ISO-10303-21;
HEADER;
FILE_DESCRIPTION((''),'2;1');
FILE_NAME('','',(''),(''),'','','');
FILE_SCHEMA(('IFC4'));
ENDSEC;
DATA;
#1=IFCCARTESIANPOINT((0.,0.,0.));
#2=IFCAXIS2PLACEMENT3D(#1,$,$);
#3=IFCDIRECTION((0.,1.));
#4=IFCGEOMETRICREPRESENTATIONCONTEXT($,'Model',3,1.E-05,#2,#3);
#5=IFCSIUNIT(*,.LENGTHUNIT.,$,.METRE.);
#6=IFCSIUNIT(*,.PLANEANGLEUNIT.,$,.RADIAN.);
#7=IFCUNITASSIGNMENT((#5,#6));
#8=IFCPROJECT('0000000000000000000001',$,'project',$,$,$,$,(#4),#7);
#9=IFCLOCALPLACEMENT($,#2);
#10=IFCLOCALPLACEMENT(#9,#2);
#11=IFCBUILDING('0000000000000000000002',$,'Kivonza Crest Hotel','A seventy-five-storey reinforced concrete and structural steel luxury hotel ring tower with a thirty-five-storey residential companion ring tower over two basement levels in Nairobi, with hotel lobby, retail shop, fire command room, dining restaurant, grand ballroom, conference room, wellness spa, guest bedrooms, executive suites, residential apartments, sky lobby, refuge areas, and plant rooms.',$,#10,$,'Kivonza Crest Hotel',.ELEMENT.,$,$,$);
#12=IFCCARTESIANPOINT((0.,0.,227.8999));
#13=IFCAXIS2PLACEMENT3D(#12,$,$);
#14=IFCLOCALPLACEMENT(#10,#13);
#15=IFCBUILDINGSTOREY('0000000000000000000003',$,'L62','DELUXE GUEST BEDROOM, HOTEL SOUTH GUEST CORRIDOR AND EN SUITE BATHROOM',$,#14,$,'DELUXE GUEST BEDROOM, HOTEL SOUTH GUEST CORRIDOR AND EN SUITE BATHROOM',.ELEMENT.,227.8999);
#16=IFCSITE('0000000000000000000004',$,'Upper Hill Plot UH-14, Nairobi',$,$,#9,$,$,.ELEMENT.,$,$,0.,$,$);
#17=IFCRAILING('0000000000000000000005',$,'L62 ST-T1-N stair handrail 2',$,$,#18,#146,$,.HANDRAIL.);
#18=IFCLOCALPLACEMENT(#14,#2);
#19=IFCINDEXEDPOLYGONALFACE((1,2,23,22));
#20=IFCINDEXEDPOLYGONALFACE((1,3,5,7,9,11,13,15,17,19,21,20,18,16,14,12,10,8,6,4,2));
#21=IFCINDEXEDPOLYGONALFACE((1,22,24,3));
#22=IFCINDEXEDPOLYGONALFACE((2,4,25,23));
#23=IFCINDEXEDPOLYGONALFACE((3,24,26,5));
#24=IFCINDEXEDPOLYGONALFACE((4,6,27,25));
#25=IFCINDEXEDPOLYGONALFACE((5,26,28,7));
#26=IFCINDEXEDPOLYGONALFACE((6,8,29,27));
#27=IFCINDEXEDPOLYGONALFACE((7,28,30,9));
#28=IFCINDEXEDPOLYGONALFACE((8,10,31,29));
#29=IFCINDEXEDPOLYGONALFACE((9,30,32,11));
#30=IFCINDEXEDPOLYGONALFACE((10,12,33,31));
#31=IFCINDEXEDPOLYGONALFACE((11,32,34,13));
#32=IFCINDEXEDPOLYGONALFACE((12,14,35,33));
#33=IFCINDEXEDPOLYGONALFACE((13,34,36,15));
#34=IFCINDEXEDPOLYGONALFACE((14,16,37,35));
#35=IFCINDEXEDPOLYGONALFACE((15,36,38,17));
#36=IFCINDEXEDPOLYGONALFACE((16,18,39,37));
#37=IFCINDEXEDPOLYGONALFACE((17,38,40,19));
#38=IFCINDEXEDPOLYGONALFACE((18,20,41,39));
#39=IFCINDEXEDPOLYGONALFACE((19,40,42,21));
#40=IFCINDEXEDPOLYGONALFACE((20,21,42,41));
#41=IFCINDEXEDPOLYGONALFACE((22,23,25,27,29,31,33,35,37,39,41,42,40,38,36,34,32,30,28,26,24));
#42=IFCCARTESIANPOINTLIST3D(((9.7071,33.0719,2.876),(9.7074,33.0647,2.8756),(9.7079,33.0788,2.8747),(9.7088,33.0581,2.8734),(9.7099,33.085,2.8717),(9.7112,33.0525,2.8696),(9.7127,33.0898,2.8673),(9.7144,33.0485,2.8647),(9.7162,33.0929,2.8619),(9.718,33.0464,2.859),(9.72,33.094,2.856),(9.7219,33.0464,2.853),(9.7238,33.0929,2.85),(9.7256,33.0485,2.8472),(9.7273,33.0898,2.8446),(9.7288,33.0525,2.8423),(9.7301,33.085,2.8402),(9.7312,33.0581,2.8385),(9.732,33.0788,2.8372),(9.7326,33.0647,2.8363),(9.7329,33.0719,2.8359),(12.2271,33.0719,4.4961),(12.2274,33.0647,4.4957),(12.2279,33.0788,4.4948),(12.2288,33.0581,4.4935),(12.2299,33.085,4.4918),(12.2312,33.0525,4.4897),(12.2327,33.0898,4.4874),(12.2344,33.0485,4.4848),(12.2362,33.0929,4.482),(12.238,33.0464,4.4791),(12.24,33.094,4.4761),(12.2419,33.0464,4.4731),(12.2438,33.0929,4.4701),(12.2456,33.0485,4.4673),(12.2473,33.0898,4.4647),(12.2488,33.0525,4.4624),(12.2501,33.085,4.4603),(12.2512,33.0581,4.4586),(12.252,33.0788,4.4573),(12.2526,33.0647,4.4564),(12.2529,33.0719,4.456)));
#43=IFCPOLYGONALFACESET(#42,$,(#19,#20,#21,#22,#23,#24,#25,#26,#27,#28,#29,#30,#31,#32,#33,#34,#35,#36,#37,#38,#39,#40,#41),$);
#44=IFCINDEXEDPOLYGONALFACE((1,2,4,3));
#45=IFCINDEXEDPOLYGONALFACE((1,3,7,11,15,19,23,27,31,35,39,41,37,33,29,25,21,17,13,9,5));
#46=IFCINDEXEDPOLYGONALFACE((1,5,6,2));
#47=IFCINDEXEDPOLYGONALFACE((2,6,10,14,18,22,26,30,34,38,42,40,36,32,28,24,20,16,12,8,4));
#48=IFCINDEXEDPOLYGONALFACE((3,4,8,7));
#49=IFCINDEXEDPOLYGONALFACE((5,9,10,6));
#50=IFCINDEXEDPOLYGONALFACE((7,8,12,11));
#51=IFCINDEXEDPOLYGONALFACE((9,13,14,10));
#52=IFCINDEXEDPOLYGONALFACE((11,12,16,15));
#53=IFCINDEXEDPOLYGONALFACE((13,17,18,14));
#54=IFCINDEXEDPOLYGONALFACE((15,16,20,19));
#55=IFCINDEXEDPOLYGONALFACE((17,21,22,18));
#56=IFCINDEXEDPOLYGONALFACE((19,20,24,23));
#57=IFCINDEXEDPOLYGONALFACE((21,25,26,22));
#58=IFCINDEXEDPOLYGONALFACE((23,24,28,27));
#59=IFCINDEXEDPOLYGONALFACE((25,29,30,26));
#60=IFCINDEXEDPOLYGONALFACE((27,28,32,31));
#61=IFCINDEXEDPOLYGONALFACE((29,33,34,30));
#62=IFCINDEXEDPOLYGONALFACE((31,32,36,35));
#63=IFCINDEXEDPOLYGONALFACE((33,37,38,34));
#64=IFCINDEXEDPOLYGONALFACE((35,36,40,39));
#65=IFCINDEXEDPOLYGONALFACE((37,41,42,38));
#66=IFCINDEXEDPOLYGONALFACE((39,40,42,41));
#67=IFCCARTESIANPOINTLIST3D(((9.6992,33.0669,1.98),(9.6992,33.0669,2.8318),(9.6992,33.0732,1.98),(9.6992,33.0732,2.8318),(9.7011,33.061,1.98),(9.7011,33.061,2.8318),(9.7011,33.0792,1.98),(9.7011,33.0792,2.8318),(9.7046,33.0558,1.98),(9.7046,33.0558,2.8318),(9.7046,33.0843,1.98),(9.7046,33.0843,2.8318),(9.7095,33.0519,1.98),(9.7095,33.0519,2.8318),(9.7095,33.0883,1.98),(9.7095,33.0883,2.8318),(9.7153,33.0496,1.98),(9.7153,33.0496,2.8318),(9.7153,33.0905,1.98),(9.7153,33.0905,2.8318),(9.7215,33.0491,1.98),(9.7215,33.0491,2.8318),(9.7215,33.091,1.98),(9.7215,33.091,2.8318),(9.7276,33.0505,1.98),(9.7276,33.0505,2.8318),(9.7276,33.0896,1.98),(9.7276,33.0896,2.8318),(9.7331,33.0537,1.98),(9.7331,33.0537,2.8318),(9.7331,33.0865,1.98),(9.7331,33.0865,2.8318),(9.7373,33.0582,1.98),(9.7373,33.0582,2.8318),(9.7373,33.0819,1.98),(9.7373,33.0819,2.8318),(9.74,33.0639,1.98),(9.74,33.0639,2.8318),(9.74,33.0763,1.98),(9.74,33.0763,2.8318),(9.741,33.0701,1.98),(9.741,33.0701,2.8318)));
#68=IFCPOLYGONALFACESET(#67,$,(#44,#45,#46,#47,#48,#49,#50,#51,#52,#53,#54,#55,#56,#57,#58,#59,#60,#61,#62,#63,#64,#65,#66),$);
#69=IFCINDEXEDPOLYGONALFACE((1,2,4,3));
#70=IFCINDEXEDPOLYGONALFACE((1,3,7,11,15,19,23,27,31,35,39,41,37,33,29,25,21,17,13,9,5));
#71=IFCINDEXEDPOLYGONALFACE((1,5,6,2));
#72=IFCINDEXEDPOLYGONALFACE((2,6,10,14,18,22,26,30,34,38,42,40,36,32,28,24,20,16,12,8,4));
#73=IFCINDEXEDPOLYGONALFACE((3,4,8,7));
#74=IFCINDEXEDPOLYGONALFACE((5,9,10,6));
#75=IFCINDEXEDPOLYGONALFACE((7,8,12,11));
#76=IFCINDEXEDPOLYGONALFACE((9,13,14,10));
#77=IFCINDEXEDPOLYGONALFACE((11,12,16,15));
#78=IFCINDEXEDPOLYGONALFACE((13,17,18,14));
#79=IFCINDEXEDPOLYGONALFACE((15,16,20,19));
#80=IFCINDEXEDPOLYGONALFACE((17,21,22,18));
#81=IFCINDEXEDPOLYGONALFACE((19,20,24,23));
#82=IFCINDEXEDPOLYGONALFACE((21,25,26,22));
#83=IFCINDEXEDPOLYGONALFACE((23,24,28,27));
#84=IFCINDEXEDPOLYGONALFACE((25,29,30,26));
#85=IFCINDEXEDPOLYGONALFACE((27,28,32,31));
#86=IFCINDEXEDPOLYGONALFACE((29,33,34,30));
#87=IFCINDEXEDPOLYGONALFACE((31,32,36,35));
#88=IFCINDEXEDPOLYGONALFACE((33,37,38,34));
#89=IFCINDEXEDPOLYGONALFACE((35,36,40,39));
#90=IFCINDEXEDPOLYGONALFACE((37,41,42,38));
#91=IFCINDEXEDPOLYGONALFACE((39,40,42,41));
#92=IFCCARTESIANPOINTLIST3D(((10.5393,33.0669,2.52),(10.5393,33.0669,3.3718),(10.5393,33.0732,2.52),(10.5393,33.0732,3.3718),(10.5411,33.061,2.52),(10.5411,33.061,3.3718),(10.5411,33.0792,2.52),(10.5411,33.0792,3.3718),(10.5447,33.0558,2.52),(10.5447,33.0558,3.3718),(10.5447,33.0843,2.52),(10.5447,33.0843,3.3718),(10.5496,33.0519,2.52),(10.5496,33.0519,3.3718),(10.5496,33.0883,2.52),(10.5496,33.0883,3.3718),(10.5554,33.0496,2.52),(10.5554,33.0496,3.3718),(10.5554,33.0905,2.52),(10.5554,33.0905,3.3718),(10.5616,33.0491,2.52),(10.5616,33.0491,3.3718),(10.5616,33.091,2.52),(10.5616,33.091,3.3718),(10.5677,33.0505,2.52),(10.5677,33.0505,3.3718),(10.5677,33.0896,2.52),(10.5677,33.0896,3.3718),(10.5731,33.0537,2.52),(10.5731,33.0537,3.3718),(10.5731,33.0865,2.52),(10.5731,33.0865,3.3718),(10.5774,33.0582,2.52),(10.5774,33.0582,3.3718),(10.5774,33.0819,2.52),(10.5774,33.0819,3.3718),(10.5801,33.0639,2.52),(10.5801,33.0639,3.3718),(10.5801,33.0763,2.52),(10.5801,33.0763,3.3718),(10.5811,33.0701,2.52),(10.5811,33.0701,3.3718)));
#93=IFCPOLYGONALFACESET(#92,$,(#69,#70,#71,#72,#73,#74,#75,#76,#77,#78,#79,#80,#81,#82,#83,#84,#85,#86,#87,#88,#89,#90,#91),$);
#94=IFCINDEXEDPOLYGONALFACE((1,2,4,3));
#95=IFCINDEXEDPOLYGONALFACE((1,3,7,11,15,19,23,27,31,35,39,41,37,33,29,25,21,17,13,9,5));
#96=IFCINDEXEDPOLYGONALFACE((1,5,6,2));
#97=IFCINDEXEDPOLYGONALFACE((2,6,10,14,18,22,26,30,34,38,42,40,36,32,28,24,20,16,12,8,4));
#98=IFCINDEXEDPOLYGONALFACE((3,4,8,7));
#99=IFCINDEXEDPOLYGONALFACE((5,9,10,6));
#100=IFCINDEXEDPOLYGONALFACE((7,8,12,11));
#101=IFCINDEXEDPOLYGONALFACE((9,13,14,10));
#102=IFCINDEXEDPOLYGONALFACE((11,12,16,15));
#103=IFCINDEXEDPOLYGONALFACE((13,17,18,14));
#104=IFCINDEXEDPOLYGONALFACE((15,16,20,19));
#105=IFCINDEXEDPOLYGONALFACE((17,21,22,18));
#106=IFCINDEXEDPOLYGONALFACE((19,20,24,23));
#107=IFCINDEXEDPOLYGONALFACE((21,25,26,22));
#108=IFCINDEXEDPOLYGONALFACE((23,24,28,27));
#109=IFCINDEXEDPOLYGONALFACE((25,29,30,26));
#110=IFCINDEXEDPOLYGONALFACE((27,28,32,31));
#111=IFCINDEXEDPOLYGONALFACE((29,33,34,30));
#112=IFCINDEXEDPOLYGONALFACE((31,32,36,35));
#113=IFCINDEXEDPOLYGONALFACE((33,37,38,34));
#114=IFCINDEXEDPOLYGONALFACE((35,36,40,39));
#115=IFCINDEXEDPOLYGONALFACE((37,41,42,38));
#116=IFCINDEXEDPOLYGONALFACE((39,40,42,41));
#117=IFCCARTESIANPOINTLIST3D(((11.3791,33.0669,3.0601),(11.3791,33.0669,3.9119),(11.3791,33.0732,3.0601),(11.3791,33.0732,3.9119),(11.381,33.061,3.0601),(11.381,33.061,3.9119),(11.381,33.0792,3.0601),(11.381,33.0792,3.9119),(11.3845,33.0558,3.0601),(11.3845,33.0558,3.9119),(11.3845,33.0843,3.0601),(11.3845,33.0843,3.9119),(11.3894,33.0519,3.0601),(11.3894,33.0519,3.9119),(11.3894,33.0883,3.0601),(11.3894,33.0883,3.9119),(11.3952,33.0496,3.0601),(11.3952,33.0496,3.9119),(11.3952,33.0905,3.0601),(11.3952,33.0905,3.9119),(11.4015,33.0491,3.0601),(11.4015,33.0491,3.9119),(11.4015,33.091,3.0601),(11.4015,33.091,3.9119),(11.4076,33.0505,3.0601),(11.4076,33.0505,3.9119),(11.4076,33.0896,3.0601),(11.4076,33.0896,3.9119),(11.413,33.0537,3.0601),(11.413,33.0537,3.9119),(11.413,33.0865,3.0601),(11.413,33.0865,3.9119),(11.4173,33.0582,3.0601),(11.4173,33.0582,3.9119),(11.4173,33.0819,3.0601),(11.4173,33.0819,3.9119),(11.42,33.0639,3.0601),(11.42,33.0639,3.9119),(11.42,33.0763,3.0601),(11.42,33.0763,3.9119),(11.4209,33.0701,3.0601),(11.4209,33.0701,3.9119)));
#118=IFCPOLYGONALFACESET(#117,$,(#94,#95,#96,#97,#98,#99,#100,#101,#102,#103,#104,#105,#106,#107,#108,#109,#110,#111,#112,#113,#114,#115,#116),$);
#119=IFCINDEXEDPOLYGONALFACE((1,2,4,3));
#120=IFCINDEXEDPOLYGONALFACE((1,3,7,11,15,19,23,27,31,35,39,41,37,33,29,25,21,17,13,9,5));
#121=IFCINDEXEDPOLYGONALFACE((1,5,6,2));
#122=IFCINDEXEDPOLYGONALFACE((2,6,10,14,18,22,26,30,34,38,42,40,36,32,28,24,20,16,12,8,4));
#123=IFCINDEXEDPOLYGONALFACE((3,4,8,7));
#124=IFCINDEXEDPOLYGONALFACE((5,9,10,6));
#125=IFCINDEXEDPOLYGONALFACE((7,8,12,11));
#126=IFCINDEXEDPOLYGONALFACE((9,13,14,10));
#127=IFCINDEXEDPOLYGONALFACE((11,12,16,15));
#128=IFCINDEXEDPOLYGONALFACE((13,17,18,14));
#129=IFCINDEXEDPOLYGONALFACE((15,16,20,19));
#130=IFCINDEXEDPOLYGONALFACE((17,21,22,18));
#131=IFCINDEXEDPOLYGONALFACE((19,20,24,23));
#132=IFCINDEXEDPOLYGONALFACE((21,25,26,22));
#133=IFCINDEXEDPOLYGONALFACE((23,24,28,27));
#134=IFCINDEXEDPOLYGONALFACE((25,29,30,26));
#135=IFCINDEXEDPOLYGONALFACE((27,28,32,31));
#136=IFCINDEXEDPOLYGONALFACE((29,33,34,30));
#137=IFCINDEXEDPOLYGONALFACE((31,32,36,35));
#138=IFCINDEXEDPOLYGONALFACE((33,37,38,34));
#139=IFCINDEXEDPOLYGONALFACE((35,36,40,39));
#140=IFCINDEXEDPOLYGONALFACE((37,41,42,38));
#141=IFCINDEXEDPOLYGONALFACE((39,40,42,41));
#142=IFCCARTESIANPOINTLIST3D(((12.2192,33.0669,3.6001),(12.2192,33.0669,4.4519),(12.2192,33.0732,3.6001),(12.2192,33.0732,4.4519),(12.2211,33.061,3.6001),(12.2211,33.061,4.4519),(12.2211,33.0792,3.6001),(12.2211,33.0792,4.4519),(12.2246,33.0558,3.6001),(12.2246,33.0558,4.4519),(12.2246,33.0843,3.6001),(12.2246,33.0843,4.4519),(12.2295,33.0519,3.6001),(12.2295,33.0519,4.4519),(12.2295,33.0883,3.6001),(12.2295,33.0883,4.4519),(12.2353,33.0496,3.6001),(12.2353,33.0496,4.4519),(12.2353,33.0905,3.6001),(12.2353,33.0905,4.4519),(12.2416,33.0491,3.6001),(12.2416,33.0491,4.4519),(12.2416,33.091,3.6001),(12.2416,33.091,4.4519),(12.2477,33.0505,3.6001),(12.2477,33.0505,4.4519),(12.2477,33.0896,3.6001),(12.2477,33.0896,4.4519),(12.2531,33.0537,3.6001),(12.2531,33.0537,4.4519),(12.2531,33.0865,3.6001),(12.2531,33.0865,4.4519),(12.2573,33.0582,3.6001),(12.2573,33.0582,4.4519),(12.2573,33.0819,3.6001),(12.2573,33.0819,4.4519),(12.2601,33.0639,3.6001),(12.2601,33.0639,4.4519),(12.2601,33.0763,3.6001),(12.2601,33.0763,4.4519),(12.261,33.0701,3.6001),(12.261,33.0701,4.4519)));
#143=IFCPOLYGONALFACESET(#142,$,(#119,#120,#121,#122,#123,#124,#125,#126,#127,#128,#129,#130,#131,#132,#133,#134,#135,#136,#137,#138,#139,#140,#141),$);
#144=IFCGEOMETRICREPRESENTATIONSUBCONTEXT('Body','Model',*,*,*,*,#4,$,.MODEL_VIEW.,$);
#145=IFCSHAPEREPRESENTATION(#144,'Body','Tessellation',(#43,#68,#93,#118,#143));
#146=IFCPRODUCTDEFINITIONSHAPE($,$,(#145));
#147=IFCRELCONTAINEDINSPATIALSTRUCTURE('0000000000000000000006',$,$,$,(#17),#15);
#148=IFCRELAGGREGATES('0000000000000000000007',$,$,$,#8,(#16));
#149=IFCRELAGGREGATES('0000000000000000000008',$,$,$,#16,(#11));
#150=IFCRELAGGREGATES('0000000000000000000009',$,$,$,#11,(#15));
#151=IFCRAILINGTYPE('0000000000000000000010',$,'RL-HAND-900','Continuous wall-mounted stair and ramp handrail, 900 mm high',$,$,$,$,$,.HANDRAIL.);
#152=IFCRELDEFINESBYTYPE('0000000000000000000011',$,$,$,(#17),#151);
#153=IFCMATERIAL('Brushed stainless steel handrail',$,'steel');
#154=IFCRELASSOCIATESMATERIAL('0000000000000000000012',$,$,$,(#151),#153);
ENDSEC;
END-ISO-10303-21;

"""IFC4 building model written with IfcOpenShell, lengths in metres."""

from ifc_helpers import new_model, si_unit, direction, frame, origin, origin_2d, place, context, subcontext, project, spatial, circle, extrude, material, type_object, element, save


model = new_model("IFC4")

# Units and contexts
model_context = context("Model", 3, precision=1e-05, world=origin(), true_north=direction((0.0, 1.0)))
body_context = subcontext(model_context, "Body", "Model", "MODEL_VIEW")
ifc_project = project(units=[si_unit("LENGTHUNIT", "METRE"), si_unit("PLANEANGLEUNIT", "RADIAN")], contexts=[model_context])

# Site, building, storey
site_placement = place(None, origin())
site = spatial("IfcSite", under=ifc_project, at=site_placement, Name="Upper Hill Plot UH-14, Nairobi", CompositionType="ELEMENT", RefElevation=0.0)
building_placement = place(site_placement, origin())
building = spatial("IfcBuilding", under=site, at=building_placement, Name="Kivonza Crest Hotel", Description="A seventy-five-storey reinforced concrete and structural steel luxury hotel ring tower with a thirty-five-storey residential companion ring tower over two basement levels in Nairobi, with hotel lobby, retail shop, fire command room, dining restaurant, grand ballroom, conference room, wellness spa, guest bedrooms, executive suites, residential apartments, sky lobby, refuge areas, and plant rooms.", LongName="Kivonza Crest Hotel", CompositionType="ELEMENT")
storey_placement = place(building_placement, frame((0.0, 0.0, 227.8999)))
storey = spatial("IfcBuildingStorey", under=building, at=storey_placement, Name="L62", Description="DELUXE GUEST BEDROOM, HOTEL SOUTH GUEST CORRIDOR AND EN SUITE BATHROOM", LongName="DELUXE GUEST BEDROOM, HOTEL SOUTH GUEST CORRIDOR AND EN SUITE BATHROOM", CompositionType="ELEMENT", Elevation=227.8999)

# Railing
ifc_material_1 = material(Name="Brushed stainless steel handrail", Category="steel")
railing_type = type_object("IfcRailingType", Name="RL-HAND-900", Description="Continuous wall-mounted stair and ramp handrail, 900 mm high", PredefinedType="HANDRAIL", material=ifc_material_1)
railing_placement = place(storey_placement, frame((9.72, 33.0701, 1.98)))
element("IfcRailing", 1, at=railing_placement, inside=storey, type_object=railing_type, Name="L62 ST-T1-N stair handrail 2", PredefinedType="HANDRAIL", context=body_context, shape_type="SweptSolid", body=[
    extrude(circle(Radius=0.0239, at=origin_2d()), frame((0.0, 0.0, 0.876), z_axis=(0.841163, 0.0, 0.540782), x_axis=(0.0, 1.0, 0.0)), (0.0, 0.0, 1.0), 2.9958),
    extrude(circle(Radius=0.021, at=origin_2d()), origin(), (0.0, 0.0, 1.0), 0.8518),
    extrude(circle(Radius=0.021, at=origin_2d()), frame((0.8401, 0.0, 0.54)), (0.0, 0.0, 1.0), 0.8518),
    extrude(circle(Radius=0.021, at=origin_2d()), frame((1.6799, 0.0, 1.0801)), (0.0, 0.0, 1.0), 0.8518),
    extrude(circle(Radius=0.021, at=origin_2d()), frame((2.52, 0.0, 1.6201)), (0.0, 0.0, 1.0), 0.8518),
])

save(model, "model.ifc")
